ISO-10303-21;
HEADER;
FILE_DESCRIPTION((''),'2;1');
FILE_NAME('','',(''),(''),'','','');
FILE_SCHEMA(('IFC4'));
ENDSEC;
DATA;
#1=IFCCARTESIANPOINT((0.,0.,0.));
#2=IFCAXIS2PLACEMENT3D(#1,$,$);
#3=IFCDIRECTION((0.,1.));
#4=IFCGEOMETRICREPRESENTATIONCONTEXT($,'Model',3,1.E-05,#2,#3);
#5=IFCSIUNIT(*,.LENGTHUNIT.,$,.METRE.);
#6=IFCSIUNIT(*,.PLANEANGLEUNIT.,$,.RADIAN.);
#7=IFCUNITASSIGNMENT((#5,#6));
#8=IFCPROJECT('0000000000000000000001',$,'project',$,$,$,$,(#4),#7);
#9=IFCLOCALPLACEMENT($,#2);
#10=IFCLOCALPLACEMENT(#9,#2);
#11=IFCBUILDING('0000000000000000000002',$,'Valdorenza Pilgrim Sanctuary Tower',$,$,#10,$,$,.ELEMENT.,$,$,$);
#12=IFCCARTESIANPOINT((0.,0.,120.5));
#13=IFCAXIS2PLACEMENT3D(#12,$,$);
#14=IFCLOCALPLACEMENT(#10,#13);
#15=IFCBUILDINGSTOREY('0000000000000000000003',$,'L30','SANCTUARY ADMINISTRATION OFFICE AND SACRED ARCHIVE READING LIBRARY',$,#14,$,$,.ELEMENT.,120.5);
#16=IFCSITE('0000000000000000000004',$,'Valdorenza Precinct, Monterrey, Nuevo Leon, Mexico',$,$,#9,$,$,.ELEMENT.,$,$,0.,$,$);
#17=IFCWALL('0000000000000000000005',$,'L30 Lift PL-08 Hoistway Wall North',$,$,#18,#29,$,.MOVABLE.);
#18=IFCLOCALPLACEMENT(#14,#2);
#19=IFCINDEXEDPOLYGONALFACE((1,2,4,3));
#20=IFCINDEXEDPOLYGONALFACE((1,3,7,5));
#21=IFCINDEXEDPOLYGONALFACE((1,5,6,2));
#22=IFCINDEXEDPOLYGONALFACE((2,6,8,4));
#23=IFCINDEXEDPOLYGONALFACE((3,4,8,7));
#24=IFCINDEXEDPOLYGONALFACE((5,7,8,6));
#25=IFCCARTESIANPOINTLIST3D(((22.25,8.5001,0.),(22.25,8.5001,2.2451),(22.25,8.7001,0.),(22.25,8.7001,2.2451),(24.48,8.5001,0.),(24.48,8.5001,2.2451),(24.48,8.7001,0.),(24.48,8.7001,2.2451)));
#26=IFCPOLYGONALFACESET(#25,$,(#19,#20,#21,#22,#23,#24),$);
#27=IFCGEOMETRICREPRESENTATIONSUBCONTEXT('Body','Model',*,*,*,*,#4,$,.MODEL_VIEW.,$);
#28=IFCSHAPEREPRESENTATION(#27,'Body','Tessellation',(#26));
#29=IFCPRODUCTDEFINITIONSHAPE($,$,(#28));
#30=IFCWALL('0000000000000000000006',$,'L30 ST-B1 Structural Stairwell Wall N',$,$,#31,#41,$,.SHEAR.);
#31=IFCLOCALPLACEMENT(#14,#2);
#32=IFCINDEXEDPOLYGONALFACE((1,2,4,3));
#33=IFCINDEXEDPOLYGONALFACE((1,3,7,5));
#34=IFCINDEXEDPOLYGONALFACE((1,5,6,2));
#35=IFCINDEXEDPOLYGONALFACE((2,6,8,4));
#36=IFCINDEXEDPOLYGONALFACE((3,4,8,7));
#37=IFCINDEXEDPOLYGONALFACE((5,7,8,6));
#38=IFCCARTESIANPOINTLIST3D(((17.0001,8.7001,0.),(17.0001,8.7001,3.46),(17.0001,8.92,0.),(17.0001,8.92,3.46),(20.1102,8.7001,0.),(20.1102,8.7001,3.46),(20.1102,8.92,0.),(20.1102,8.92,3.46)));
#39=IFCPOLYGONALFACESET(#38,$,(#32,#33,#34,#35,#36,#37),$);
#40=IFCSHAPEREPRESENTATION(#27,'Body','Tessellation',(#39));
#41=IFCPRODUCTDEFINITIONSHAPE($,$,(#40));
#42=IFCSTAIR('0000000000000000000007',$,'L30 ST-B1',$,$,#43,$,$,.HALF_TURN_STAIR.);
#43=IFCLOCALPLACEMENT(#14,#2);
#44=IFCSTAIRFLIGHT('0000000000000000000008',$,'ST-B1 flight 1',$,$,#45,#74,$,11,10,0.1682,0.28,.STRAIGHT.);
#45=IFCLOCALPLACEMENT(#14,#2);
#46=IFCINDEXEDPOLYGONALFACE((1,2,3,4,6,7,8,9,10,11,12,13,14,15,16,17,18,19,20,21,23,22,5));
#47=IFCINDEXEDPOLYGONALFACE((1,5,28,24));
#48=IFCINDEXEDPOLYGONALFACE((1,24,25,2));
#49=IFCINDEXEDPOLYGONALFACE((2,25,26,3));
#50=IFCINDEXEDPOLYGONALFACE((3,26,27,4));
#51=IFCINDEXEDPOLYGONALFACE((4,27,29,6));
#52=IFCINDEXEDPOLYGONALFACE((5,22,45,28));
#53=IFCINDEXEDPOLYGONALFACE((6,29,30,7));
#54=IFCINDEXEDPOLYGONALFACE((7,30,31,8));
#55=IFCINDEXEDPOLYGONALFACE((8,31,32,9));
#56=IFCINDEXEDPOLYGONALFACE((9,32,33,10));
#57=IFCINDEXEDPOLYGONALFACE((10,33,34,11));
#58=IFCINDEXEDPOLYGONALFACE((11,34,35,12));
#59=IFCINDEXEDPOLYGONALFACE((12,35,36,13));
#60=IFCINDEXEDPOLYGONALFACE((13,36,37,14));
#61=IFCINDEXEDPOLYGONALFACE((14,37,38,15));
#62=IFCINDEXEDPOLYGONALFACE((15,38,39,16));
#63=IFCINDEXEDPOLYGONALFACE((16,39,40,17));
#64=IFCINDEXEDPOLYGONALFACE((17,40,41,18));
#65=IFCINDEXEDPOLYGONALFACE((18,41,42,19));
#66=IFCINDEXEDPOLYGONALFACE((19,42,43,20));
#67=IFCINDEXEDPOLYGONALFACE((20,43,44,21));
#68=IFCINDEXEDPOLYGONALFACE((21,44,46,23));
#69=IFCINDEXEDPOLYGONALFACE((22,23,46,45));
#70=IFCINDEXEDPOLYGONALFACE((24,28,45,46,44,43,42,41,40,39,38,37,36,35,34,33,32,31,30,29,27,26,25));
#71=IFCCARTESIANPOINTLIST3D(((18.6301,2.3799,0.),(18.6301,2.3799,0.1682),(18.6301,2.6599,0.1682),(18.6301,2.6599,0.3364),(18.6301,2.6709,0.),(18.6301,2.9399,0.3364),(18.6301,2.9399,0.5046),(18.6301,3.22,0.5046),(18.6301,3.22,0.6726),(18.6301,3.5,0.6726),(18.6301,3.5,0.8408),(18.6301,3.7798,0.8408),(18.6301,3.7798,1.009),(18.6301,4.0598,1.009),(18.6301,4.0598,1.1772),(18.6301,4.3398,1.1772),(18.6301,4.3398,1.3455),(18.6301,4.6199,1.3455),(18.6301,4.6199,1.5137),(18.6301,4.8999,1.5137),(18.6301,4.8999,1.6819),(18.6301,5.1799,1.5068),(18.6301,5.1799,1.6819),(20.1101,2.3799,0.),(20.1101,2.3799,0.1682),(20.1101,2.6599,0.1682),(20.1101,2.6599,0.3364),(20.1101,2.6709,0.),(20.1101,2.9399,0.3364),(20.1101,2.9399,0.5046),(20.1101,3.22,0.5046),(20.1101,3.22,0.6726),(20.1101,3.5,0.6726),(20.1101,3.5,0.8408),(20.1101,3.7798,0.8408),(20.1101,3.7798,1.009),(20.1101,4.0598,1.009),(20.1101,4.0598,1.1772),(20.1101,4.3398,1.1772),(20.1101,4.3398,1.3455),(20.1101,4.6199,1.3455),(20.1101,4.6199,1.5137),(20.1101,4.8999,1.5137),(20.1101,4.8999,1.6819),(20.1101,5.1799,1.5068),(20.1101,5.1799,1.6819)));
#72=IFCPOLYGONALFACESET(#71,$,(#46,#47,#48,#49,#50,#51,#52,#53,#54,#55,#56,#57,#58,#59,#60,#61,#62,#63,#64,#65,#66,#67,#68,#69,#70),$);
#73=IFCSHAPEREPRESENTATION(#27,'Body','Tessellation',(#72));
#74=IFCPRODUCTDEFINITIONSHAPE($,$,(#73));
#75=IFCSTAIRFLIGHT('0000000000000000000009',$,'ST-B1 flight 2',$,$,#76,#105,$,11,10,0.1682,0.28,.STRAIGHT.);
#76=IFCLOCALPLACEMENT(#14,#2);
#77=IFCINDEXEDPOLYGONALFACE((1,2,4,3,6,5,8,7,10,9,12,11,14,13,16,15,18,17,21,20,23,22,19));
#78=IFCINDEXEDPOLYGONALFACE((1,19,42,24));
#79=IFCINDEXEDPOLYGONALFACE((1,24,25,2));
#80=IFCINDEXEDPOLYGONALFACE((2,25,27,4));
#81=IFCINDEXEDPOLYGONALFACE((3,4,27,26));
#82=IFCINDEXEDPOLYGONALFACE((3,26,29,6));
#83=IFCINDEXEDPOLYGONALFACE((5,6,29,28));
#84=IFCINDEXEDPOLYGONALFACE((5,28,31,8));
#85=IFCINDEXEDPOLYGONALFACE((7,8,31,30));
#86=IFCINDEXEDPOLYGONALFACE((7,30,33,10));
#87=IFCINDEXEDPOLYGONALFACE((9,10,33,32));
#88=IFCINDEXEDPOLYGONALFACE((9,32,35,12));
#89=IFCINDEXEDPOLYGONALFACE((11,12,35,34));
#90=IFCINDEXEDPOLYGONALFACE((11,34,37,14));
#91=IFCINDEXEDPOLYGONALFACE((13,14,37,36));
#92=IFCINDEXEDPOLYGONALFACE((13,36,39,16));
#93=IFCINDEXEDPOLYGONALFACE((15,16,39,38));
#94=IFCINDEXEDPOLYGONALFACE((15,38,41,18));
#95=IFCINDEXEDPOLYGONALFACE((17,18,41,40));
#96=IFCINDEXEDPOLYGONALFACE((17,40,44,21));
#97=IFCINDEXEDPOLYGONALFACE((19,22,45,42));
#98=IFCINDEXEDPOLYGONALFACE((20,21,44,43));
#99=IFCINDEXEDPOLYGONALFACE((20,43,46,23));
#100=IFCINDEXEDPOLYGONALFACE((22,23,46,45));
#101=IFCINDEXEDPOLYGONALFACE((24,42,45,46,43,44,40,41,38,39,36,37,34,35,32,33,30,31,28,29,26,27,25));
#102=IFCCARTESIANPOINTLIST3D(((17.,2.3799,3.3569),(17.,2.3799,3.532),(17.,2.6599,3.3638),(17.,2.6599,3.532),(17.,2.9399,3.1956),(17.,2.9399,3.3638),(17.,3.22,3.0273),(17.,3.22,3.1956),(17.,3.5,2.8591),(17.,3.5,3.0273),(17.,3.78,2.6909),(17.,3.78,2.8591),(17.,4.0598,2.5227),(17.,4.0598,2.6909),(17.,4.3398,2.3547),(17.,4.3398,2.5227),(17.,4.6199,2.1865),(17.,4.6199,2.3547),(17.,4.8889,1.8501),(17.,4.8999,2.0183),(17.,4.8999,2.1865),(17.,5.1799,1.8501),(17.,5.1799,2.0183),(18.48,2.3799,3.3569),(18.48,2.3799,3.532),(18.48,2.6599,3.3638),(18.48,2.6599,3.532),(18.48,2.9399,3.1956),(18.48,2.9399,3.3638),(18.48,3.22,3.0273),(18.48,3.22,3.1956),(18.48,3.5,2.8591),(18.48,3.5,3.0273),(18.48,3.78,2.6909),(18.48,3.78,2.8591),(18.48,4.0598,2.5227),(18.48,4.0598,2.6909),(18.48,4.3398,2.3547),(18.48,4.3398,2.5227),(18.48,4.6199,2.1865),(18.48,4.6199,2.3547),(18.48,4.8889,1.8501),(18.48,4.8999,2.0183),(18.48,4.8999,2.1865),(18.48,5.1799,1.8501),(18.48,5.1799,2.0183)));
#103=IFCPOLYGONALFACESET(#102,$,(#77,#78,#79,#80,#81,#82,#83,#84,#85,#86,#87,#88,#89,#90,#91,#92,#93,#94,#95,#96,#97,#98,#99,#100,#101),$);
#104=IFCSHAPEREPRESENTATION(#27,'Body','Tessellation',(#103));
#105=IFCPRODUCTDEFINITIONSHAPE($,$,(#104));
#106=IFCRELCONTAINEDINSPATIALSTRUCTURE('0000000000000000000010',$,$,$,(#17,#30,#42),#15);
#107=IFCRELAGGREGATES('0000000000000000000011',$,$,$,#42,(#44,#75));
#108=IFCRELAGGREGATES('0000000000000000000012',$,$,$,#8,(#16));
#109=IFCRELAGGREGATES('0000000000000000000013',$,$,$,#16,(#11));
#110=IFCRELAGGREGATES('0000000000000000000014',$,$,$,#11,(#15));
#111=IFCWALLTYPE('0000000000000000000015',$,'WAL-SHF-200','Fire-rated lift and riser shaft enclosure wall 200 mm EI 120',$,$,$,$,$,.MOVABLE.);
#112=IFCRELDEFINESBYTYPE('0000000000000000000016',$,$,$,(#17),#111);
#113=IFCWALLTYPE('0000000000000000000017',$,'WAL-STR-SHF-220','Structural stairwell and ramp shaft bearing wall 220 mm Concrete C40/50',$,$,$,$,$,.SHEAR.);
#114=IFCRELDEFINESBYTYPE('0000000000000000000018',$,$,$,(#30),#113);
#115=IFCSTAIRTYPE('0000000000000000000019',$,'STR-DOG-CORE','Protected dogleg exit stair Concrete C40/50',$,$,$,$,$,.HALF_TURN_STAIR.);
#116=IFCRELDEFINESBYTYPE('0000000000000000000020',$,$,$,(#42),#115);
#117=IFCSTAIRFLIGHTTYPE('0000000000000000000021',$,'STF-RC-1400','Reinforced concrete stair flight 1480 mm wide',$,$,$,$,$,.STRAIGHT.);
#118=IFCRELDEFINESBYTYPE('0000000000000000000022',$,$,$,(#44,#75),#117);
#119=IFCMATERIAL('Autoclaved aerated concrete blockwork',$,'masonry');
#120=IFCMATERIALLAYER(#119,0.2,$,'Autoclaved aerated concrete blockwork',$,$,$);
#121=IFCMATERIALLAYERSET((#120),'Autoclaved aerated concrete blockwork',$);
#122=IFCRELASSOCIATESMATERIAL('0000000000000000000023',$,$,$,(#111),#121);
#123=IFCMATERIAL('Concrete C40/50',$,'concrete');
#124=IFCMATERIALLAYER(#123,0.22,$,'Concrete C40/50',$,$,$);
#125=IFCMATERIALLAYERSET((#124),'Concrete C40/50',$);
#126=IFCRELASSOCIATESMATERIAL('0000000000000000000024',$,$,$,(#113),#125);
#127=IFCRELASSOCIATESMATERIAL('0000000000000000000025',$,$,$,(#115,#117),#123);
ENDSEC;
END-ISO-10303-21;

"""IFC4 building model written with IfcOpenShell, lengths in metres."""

from ifc_helpers import new_model, si_unit, direction, frame, frame_2d, origin, place, context, subcontext, project, spatial, polyline, rectangle, outline, extrude, material, layer, layer_set, type_object, element, aggregate, save


model = new_model("IFC4")

# Units and contexts
model_context = context("Model", 3, precision=1e-05, world=origin(), true_north=direction((0.0, 1.0)))
body_context = subcontext(model_context, "Body", "Model", "MODEL_VIEW")
ifc_project = project(units=[si_unit("LENGTHUNIT", "METRE"), si_unit("PLANEANGLEUNIT", "RADIAN")], contexts=[model_context])

# Site, building, storey
site_placement = place(None, origin())
site = spatial("IfcSite", under=ifc_project, at=site_placement, Name="Valdorenza Precinct, Monterrey, Nuevo Leon, Mexico", CompositionType="ELEMENT", RefElevation=0.0)
building_placement = place(site_placement, origin())
building = spatial("IfcBuilding", under=site, at=building_placement, Name="Valdorenza Pilgrim Sanctuary Tower", CompositionType="ELEMENT")
storey_placement = place(building_placement, frame((0.0, 0.0, 120.5)))
storey = spatial("IfcBuildingStorey", under=building, at=storey_placement, Name="L30", Description="SANCTUARY ADMINISTRATION OFFICE AND SACRED ARCHIVE READING LIBRARY", CompositionType="ELEMENT", Elevation=120.5)

# Shared definitions
ifc_material_1 = material(Name="Autoclaved aerated concrete blockwork", Category="masonry")
ifc_layer_1 = layer(ifc_material_1, 0.2, Name="Autoclaved aerated concrete blockwork")
ifc_layer_set_1 = layer_set([ifc_layer_1], Name="Autoclaved aerated concrete blockwork")
wall_type_1 = type_object("IfcWallType", Name="WAL-SHF-200", Description="Fire-rated lift and riser shaft enclosure wall 200 mm EI 120", PredefinedType="MOVABLE", material=ifc_layer_set_1)

# Wall
wall_1_placement = place(storey_placement, frame((22.25, 8.6001, 0.0), z_axis=(0.0, 0.0, 1.0), x_axis=(1.0, 0.0, 0.0)))
element("IfcWall", 1, at=wall_1_placement, inside=storey, type_object=wall_type_1, Name="L30 Lift PL-08 Hoistway Wall North", PredefinedType="MOVABLE", context=body_context, shape_type="SweptSolid", body=[
    extrude(rectangle(XDim=2.23, YDim=0.2, at=frame_2d((1.115, 0.0))), origin(), (0.0, 0.0, 1.0), 2.2451),
])

# Shared definitions
ifc_material_2 = material(Name="Concrete C40/50", Category="concrete")
ifc_layer_2 = layer(ifc_material_2, 0.22, Name="Concrete C40/50")
ifc_layer_set_2 = layer_set([ifc_layer_2], Name="Concrete C40/50")
wall_type_2 = type_object("IfcWallType", Name="WAL-STR-SHF-220", Description="Structural stairwell and ramp shaft bearing wall 220 mm Concrete C40/50", PredefinedType="SHEAR", material=ifc_layer_set_2)

# Wall
wall_2_placement = place(storey_placement, frame((17.0, 8.8101, 0.0), z_axis=(0.0, 0.0, 1.0), x_axis=(1.0, 0.0, 0.0)))
element("IfcWall", 2, at=wall_2_placement, inside=storey, type_object=wall_type_2, Name="L30 ST-B1 Structural Stairwell Wall N", PredefinedType="SHEAR", context=body_context, shape_type="SweptSolid", body=[
    extrude(rectangle(XDim=3.1101, YDim=0.22, at=frame_2d((1.5552, 0.0))), origin(), (0.0, 0.0, 1.0), 3.46),
])

# Stair, stair flights
stair_type = type_object("IfcStairType", Name="STR-DOG-CORE", Description="Protected dogleg exit stair Concrete C40/50", PredefinedType="HALF_TURN_STAIR", material=ifc_material_2)
stair_placement = place(storey_placement, origin())
stair = element("IfcStair", 3, at=stair_placement, inside=storey, type_object=stair_type, Name="L30 ST-B1", PredefinedType="HALF_TURN_STAIR")
stair_flight_type = type_object("IfcStairFlightType", Name="STF-RC-1400", Description="Reinforced concrete stair flight 1480 mm wide", PredefinedType="STRAIGHT", material=ifc_material_2)
stair_flight_1_placement = place(storey_placement, frame((19.3701, 2.3799, 0.0), z_axis=(0.0, 0.0, 1.0), x_axis=(0.0, 1.0, 0.0)))
stair_flight_1 = element("IfcStairFlight", 4, at=stair_flight_1_placement, type_object=stair_flight_type, Name="ST-B1 flight 1", NumberOfRisers=11, NumberOfTreads=10, PredefinedType="STRAIGHT", RiserHeight=0.1682, TreadLength=0.28, context=body_context, shape_type="SweptSolid", body=[
    extrude(outline(polyline([(0.0, 0.0), (0.0, 0.1682), (0.28, 0.1682), (0.28, 0.3364), (0.5601, 0.3364), (0.5601, 0.5046), (0.8401, 0.5046), (0.8401, 0.6726), (1.1201, 0.6726), (1.1201, 0.8408), (1.3999, 0.8408), (1.3999, 1.009), (1.6799, 1.009), (1.6799, 1.1772), (1.96, 1.1772), (1.96, 1.3455), (2.24, 1.3455), (2.24, 1.5137), (2.52, 1.5137), (2.52, 1.6819), (2.8, 1.6819), (2.8, 1.8501), (2.8, 1.5068), (0.291, 0.0), (0.0, 0.0)])), frame((0.0, 0.74, 0.0), z_axis=(0.0, -1.0, 0.0), x_axis=(1.0, 0.0, 0.0)), (0.0, 0.0, 1.0), 1.48),
])
stair_flight_2_placement = place(storey_placement, frame((17.74, 5.1799, 1.8501), z_axis=(0.0, 0.0, 1.0), x_axis=(0.0, -1.0, 0.0)))
stair_flight_2 = element("IfcStairFlight", 5, at=stair_flight_2_placement, type_object=stair_flight_type, Name="ST-B1 flight 2", NumberOfRisers=11, NumberOfTreads=10, PredefinedType="STRAIGHT", RiserHeight=0.1682, TreadLength=0.28, context=body_context, shape_type="SweptSolid", body=[
    extrude(outline(polyline([(0.0, 0.0), (0.0, 0.1682), (0.28, 0.1682), (0.28, 0.3364), (0.5601, 0.3364), (0.5601, 0.5046), (0.8401, 0.5046), (0.8401, 0.6726), (1.1201, 0.6726), (1.1201, 0.8408), (1.3999, 0.8408), (1.3999, 1.009), (1.6799, 1.009), (1.6799, 1.1772), (1.96, 1.1772), (1.96, 1.3455), (2.24, 1.3455), (2.24, 1.5137), (2.52, 1.5137), (2.52, 1.6819), (2.8, 1.6819), (2.8, 1.8501), (2.8, 1.5068), (0.291, 0.0), (0.0, 0.0)])), frame((0.0, 0.74, 0.0), z_axis=(0.0, -1.0, 0.0), x_axis=(1.0, 0.0, 0.0)), (0.0, 0.0, 1.0), 1.48),
])
aggregate(stair, [stair_flight_1, stair_flight_2])

save(model, "model.ifc")
